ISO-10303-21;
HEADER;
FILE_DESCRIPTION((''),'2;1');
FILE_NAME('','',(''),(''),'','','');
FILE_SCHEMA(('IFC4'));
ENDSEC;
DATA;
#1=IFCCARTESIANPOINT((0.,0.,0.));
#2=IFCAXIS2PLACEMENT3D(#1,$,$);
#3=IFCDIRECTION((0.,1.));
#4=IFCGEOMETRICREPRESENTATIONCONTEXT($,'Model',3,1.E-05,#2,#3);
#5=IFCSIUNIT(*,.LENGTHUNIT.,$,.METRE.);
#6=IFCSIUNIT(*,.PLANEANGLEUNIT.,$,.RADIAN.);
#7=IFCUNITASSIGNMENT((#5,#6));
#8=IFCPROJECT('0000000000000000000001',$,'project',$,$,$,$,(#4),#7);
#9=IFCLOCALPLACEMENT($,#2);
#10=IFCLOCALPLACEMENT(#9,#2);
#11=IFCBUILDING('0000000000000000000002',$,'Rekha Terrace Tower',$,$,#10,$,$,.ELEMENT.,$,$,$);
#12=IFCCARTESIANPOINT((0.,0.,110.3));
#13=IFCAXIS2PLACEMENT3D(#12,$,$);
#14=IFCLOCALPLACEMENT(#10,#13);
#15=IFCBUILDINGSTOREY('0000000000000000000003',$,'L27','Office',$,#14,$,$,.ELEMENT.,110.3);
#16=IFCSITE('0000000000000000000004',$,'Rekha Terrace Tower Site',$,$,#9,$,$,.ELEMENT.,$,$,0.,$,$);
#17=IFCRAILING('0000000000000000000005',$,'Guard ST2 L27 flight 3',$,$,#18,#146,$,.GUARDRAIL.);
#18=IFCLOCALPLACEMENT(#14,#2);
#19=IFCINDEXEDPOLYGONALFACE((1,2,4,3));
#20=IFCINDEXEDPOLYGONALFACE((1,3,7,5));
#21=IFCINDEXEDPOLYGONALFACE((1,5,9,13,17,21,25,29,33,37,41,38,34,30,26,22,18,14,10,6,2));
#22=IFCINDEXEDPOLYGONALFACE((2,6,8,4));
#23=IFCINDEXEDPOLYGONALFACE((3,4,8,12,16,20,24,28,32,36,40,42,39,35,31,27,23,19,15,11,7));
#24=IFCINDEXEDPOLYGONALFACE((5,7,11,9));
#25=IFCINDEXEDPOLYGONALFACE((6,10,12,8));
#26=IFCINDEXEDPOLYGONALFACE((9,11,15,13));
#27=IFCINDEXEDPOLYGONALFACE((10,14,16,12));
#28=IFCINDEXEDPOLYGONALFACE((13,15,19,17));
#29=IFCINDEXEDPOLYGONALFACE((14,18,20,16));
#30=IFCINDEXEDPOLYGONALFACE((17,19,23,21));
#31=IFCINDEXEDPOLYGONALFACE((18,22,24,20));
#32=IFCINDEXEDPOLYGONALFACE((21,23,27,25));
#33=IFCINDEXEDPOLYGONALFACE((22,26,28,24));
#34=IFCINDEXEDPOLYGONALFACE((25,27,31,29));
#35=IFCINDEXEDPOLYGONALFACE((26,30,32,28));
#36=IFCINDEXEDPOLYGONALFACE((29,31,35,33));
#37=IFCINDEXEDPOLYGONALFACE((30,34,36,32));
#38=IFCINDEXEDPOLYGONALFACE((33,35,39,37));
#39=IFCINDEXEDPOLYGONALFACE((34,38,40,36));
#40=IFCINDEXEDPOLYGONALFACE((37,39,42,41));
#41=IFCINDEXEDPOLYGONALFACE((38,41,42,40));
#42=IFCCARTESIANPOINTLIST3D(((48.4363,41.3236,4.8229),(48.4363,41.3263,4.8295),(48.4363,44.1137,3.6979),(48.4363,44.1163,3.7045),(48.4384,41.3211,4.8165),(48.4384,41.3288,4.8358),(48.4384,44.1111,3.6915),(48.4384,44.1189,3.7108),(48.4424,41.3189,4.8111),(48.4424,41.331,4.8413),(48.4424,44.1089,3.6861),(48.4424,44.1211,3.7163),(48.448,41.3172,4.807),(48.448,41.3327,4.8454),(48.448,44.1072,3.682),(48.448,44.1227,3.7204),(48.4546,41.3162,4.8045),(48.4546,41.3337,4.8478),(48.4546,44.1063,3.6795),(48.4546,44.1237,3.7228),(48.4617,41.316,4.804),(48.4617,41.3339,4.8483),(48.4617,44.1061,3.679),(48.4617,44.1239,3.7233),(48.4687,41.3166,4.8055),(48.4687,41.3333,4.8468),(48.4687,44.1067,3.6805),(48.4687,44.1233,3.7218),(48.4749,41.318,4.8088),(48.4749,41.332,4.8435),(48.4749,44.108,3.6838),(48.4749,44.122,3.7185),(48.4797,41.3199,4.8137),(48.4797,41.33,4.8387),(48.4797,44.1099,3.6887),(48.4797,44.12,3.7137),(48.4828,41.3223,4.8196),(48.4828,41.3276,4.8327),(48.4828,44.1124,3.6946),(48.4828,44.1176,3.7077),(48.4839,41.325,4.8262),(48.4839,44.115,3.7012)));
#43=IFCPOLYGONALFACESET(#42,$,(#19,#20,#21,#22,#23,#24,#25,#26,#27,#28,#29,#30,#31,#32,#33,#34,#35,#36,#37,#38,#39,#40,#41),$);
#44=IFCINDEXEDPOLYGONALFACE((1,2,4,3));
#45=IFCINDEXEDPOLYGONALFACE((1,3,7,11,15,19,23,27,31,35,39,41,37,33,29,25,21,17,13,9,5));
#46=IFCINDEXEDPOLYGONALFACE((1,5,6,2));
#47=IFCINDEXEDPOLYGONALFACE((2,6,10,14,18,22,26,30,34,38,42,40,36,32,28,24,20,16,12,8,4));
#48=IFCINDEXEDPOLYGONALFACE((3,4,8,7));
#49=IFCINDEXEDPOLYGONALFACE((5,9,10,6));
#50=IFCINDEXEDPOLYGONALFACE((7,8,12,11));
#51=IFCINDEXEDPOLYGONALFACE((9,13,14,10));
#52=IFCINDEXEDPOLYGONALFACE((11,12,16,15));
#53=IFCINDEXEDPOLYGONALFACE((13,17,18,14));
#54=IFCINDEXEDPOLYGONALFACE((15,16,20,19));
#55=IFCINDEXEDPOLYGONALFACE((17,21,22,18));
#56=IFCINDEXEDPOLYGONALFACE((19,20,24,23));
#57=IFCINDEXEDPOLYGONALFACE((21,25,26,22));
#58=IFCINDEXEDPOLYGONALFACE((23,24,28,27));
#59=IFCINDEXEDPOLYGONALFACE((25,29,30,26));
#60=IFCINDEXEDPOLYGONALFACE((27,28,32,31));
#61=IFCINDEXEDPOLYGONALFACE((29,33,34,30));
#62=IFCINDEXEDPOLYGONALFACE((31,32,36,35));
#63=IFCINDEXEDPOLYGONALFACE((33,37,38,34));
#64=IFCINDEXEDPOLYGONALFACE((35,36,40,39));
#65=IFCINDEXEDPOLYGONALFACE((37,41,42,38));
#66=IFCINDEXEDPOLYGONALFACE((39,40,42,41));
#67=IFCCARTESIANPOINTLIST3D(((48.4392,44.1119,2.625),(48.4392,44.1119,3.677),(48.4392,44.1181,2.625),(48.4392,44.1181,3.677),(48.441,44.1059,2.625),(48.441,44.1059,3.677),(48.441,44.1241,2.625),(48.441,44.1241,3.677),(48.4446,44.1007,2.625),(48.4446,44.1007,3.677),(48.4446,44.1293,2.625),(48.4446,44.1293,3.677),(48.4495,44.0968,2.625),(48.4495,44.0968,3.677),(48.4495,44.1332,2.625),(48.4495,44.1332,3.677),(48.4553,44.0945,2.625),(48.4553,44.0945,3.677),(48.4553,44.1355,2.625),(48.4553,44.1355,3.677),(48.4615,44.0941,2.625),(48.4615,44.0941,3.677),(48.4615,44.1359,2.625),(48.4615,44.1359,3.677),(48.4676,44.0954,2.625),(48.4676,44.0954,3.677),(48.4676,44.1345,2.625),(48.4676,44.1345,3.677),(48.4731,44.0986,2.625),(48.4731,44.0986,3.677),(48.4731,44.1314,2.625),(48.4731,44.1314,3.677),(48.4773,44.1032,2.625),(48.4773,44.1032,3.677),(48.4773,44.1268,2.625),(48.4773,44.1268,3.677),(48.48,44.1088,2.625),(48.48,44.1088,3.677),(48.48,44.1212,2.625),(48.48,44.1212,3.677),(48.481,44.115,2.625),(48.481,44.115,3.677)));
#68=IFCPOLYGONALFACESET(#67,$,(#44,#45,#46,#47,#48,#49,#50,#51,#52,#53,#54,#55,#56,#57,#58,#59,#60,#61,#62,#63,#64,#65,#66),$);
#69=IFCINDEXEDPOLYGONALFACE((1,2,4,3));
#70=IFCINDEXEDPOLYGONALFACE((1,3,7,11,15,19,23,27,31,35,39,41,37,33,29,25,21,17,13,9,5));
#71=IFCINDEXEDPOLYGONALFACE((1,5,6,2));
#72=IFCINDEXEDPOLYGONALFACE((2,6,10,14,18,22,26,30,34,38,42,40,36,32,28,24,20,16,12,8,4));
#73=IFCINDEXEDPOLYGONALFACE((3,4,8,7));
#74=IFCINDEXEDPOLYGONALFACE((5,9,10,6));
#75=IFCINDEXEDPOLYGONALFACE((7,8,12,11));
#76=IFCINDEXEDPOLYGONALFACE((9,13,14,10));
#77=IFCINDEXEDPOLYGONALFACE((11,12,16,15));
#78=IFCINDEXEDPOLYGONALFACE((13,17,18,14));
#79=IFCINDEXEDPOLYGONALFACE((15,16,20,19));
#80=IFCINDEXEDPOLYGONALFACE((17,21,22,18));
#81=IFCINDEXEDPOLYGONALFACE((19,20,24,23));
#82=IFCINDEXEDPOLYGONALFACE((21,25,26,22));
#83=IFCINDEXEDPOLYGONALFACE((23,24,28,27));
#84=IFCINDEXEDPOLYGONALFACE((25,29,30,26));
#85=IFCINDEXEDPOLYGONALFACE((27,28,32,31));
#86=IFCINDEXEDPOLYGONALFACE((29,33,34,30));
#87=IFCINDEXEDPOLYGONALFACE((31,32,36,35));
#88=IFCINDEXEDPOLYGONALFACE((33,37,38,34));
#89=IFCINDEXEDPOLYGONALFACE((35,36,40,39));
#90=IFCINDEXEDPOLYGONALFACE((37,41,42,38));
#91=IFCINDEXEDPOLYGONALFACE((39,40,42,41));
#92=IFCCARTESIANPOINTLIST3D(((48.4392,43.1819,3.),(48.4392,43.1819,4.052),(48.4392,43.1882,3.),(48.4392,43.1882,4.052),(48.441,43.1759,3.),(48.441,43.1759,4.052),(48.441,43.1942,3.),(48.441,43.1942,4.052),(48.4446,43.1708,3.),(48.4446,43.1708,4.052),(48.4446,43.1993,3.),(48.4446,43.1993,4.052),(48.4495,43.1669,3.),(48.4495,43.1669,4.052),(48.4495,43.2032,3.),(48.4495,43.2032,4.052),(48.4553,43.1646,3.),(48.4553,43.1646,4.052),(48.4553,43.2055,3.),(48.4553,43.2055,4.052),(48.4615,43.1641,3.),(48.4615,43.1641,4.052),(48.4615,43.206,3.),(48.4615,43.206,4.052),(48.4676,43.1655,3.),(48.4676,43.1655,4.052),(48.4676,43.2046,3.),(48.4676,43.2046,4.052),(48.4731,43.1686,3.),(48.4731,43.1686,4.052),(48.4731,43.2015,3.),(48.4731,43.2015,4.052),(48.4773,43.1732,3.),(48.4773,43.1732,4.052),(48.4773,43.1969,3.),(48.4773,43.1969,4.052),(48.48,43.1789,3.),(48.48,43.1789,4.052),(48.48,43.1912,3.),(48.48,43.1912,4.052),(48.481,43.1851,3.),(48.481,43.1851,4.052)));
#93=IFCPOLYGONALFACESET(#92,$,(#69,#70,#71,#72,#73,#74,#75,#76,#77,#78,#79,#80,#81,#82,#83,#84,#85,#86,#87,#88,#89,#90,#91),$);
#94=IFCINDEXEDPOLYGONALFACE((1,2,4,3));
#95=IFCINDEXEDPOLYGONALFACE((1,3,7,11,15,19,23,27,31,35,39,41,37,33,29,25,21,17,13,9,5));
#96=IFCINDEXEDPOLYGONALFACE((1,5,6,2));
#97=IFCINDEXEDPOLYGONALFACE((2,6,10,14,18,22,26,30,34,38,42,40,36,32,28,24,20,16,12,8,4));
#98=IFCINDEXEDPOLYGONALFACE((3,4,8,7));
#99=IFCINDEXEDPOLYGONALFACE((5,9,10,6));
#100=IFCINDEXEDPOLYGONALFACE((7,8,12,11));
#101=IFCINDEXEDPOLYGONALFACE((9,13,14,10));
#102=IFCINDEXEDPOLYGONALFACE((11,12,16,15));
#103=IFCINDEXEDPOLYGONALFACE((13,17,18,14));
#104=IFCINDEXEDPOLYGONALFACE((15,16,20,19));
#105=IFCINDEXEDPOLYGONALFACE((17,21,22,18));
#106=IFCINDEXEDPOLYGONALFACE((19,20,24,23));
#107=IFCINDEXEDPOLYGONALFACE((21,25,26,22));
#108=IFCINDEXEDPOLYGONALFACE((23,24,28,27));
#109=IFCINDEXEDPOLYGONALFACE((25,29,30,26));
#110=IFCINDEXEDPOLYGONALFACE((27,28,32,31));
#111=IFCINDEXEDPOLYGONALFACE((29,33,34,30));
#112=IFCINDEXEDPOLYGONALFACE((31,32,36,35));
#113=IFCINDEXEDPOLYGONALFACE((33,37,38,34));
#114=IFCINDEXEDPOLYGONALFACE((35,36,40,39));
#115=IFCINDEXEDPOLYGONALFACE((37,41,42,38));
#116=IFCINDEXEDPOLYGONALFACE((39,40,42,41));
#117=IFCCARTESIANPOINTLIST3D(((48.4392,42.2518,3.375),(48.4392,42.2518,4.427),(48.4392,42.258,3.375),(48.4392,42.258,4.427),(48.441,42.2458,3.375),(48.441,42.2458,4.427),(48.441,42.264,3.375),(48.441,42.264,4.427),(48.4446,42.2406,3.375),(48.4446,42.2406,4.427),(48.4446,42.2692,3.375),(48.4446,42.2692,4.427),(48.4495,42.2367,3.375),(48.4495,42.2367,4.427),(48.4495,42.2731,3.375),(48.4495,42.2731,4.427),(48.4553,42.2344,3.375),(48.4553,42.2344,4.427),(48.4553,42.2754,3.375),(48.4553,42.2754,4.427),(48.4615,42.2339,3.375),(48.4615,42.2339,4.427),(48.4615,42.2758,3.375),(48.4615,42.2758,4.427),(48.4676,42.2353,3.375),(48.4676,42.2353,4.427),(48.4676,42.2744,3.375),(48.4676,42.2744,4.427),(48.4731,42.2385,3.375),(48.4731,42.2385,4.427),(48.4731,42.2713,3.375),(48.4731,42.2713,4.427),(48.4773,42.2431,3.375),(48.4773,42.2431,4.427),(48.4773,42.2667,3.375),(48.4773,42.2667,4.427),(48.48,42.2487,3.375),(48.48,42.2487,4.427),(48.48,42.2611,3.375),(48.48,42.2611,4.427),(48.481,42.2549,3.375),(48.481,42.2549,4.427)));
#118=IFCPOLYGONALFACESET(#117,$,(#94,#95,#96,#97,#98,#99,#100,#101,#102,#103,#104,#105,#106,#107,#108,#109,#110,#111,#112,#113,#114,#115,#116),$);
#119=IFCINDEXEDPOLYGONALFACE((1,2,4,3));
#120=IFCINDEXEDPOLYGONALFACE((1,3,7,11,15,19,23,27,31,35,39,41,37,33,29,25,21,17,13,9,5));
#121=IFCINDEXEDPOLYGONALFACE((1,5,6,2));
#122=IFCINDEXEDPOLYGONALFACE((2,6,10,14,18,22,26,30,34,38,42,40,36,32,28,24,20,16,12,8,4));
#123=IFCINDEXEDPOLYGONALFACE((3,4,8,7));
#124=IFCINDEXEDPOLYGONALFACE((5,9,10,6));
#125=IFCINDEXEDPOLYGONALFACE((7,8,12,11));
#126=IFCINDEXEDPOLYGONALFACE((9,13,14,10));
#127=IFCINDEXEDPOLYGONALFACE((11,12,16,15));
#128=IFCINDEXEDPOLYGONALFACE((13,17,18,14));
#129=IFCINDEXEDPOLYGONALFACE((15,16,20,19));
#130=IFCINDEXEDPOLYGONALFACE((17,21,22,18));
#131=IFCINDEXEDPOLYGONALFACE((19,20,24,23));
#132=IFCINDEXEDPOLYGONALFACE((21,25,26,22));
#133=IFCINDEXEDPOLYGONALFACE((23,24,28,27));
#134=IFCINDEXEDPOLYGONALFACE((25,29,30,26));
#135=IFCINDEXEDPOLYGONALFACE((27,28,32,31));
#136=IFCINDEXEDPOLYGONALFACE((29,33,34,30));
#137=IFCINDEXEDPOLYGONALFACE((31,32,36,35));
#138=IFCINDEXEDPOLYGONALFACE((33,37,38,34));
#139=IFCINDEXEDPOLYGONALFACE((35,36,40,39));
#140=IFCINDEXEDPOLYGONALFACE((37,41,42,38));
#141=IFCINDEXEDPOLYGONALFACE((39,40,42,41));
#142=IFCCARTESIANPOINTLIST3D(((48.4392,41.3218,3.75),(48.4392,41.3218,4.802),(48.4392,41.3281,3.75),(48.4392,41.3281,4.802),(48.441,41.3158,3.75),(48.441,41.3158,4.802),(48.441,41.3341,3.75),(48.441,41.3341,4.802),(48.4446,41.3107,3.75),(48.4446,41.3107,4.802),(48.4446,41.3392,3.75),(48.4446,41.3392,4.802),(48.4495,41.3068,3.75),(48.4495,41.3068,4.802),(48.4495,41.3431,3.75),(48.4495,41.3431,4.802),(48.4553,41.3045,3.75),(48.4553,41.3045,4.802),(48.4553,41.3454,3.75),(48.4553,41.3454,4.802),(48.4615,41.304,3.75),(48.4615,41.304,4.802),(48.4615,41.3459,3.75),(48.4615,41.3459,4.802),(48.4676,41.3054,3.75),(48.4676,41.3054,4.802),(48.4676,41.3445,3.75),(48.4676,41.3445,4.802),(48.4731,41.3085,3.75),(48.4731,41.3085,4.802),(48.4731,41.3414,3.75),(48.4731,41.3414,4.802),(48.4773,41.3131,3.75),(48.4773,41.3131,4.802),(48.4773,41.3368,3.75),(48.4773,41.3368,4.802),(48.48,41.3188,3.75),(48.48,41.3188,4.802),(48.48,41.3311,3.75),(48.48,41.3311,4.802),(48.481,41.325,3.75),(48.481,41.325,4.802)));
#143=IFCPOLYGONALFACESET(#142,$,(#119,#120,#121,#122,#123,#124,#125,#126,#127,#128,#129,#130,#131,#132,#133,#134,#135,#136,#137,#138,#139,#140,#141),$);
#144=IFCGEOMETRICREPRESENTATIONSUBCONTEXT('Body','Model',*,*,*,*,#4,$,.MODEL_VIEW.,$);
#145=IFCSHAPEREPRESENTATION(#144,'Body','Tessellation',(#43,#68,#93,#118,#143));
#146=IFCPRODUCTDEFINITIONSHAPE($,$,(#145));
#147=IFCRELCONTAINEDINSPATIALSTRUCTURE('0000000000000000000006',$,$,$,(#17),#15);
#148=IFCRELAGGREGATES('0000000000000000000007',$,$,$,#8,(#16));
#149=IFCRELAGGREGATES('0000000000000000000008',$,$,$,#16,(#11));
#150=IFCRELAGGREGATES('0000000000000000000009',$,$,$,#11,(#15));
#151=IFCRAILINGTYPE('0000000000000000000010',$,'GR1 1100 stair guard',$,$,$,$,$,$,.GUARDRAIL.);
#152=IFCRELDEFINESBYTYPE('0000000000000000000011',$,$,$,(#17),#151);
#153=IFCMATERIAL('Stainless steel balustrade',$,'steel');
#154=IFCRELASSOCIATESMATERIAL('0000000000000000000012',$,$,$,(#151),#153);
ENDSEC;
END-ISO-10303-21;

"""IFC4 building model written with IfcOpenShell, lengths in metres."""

from ifc_helpers import new_model, si_unit, direction, frame, origin, origin_2d, place, context, subcontext, project, spatial, circle, extrude, material, type_object, element, save


model = new_model("IFC4")

# Units and contexts
model_context = context("Model", 3, precision=1e-05, world=origin(), true_north=direction((0.0, 1.0)))
body_context = subcontext(model_context, "Body", "Model", "MODEL_VIEW")
ifc_project = project(units=[si_unit("LENGTHUNIT", "METRE"), si_unit("PLANEANGLEUNIT", "RADIAN")], contexts=[model_context])

# Site, building, storey
site_placement = place(None, origin())
site = spatial("IfcSite", under=ifc_project, at=site_placement, Name="Rekha Terrace Tower Site", CompositionType="ELEMENT", RefElevation=0.0)
building_placement = place(site_placement, origin())
building = spatial("IfcBuilding", under=site, at=building_placement, Name="Rekha Terrace Tower", CompositionType="ELEMENT")
storey_placement = place(building_placement, frame((0.0, 0.0, 110.3)))
storey = spatial("IfcBuildingStorey", under=building, at=storey_placement, Name="L27", Description="Office", CompositionType="ELEMENT", Elevation=110.3)

# Railing
ifc_material_1 = material(Name="Stainless steel balustrade", Category="steel")
railing_type_1 = type_object("IfcRailingType", Name="GR1 1100 stair guard", PredefinedType="GUARDRAIL", material=ifc_material_1)
railing_1_placement = place(storey_placement, frame((48.46, 44.115, 2.625)))
element("IfcRailing", 1, at=railing_1_placement, inside=storey, type_object=railing_type_1, Name="Guard ST2 L27 flight 3", PredefinedType="GUARDRAIL", context=body_context, shape_type="SweptSolid", body=[
    extrude(circle(Radius=0.0239, at=origin_2d()), frame((0.0, 0.0, 1.0762), z_axis=(0.0, -0.927443, 0.373964), x_axis=(1.0, 0.0, 0.0)), (0.0, 0.0, 1.0), 3.0083),
    extrude(circle(Radius=0.021, at=origin_2d()), origin(), (0.0, 0.0, 1.0), 1.052),
    extrude(circle(Radius=0.021, at=origin_2d()), frame((0.0, -0.9299, 0.375)), (0.0, 0.0, 1.0), 1.052),
    extrude(circle(Radius=0.021, at=origin_2d()), frame((0.0, -1.8601, 0.75)), (0.0, 0.0, 1.0), 1.052),
    extrude(circle(Radius=0.021, at=origin_2d()), frame((0.0, -2.79, 1.125)), (0.0, 0.0, 1.0), 1.052),
])

save(model, "model.ifc")
